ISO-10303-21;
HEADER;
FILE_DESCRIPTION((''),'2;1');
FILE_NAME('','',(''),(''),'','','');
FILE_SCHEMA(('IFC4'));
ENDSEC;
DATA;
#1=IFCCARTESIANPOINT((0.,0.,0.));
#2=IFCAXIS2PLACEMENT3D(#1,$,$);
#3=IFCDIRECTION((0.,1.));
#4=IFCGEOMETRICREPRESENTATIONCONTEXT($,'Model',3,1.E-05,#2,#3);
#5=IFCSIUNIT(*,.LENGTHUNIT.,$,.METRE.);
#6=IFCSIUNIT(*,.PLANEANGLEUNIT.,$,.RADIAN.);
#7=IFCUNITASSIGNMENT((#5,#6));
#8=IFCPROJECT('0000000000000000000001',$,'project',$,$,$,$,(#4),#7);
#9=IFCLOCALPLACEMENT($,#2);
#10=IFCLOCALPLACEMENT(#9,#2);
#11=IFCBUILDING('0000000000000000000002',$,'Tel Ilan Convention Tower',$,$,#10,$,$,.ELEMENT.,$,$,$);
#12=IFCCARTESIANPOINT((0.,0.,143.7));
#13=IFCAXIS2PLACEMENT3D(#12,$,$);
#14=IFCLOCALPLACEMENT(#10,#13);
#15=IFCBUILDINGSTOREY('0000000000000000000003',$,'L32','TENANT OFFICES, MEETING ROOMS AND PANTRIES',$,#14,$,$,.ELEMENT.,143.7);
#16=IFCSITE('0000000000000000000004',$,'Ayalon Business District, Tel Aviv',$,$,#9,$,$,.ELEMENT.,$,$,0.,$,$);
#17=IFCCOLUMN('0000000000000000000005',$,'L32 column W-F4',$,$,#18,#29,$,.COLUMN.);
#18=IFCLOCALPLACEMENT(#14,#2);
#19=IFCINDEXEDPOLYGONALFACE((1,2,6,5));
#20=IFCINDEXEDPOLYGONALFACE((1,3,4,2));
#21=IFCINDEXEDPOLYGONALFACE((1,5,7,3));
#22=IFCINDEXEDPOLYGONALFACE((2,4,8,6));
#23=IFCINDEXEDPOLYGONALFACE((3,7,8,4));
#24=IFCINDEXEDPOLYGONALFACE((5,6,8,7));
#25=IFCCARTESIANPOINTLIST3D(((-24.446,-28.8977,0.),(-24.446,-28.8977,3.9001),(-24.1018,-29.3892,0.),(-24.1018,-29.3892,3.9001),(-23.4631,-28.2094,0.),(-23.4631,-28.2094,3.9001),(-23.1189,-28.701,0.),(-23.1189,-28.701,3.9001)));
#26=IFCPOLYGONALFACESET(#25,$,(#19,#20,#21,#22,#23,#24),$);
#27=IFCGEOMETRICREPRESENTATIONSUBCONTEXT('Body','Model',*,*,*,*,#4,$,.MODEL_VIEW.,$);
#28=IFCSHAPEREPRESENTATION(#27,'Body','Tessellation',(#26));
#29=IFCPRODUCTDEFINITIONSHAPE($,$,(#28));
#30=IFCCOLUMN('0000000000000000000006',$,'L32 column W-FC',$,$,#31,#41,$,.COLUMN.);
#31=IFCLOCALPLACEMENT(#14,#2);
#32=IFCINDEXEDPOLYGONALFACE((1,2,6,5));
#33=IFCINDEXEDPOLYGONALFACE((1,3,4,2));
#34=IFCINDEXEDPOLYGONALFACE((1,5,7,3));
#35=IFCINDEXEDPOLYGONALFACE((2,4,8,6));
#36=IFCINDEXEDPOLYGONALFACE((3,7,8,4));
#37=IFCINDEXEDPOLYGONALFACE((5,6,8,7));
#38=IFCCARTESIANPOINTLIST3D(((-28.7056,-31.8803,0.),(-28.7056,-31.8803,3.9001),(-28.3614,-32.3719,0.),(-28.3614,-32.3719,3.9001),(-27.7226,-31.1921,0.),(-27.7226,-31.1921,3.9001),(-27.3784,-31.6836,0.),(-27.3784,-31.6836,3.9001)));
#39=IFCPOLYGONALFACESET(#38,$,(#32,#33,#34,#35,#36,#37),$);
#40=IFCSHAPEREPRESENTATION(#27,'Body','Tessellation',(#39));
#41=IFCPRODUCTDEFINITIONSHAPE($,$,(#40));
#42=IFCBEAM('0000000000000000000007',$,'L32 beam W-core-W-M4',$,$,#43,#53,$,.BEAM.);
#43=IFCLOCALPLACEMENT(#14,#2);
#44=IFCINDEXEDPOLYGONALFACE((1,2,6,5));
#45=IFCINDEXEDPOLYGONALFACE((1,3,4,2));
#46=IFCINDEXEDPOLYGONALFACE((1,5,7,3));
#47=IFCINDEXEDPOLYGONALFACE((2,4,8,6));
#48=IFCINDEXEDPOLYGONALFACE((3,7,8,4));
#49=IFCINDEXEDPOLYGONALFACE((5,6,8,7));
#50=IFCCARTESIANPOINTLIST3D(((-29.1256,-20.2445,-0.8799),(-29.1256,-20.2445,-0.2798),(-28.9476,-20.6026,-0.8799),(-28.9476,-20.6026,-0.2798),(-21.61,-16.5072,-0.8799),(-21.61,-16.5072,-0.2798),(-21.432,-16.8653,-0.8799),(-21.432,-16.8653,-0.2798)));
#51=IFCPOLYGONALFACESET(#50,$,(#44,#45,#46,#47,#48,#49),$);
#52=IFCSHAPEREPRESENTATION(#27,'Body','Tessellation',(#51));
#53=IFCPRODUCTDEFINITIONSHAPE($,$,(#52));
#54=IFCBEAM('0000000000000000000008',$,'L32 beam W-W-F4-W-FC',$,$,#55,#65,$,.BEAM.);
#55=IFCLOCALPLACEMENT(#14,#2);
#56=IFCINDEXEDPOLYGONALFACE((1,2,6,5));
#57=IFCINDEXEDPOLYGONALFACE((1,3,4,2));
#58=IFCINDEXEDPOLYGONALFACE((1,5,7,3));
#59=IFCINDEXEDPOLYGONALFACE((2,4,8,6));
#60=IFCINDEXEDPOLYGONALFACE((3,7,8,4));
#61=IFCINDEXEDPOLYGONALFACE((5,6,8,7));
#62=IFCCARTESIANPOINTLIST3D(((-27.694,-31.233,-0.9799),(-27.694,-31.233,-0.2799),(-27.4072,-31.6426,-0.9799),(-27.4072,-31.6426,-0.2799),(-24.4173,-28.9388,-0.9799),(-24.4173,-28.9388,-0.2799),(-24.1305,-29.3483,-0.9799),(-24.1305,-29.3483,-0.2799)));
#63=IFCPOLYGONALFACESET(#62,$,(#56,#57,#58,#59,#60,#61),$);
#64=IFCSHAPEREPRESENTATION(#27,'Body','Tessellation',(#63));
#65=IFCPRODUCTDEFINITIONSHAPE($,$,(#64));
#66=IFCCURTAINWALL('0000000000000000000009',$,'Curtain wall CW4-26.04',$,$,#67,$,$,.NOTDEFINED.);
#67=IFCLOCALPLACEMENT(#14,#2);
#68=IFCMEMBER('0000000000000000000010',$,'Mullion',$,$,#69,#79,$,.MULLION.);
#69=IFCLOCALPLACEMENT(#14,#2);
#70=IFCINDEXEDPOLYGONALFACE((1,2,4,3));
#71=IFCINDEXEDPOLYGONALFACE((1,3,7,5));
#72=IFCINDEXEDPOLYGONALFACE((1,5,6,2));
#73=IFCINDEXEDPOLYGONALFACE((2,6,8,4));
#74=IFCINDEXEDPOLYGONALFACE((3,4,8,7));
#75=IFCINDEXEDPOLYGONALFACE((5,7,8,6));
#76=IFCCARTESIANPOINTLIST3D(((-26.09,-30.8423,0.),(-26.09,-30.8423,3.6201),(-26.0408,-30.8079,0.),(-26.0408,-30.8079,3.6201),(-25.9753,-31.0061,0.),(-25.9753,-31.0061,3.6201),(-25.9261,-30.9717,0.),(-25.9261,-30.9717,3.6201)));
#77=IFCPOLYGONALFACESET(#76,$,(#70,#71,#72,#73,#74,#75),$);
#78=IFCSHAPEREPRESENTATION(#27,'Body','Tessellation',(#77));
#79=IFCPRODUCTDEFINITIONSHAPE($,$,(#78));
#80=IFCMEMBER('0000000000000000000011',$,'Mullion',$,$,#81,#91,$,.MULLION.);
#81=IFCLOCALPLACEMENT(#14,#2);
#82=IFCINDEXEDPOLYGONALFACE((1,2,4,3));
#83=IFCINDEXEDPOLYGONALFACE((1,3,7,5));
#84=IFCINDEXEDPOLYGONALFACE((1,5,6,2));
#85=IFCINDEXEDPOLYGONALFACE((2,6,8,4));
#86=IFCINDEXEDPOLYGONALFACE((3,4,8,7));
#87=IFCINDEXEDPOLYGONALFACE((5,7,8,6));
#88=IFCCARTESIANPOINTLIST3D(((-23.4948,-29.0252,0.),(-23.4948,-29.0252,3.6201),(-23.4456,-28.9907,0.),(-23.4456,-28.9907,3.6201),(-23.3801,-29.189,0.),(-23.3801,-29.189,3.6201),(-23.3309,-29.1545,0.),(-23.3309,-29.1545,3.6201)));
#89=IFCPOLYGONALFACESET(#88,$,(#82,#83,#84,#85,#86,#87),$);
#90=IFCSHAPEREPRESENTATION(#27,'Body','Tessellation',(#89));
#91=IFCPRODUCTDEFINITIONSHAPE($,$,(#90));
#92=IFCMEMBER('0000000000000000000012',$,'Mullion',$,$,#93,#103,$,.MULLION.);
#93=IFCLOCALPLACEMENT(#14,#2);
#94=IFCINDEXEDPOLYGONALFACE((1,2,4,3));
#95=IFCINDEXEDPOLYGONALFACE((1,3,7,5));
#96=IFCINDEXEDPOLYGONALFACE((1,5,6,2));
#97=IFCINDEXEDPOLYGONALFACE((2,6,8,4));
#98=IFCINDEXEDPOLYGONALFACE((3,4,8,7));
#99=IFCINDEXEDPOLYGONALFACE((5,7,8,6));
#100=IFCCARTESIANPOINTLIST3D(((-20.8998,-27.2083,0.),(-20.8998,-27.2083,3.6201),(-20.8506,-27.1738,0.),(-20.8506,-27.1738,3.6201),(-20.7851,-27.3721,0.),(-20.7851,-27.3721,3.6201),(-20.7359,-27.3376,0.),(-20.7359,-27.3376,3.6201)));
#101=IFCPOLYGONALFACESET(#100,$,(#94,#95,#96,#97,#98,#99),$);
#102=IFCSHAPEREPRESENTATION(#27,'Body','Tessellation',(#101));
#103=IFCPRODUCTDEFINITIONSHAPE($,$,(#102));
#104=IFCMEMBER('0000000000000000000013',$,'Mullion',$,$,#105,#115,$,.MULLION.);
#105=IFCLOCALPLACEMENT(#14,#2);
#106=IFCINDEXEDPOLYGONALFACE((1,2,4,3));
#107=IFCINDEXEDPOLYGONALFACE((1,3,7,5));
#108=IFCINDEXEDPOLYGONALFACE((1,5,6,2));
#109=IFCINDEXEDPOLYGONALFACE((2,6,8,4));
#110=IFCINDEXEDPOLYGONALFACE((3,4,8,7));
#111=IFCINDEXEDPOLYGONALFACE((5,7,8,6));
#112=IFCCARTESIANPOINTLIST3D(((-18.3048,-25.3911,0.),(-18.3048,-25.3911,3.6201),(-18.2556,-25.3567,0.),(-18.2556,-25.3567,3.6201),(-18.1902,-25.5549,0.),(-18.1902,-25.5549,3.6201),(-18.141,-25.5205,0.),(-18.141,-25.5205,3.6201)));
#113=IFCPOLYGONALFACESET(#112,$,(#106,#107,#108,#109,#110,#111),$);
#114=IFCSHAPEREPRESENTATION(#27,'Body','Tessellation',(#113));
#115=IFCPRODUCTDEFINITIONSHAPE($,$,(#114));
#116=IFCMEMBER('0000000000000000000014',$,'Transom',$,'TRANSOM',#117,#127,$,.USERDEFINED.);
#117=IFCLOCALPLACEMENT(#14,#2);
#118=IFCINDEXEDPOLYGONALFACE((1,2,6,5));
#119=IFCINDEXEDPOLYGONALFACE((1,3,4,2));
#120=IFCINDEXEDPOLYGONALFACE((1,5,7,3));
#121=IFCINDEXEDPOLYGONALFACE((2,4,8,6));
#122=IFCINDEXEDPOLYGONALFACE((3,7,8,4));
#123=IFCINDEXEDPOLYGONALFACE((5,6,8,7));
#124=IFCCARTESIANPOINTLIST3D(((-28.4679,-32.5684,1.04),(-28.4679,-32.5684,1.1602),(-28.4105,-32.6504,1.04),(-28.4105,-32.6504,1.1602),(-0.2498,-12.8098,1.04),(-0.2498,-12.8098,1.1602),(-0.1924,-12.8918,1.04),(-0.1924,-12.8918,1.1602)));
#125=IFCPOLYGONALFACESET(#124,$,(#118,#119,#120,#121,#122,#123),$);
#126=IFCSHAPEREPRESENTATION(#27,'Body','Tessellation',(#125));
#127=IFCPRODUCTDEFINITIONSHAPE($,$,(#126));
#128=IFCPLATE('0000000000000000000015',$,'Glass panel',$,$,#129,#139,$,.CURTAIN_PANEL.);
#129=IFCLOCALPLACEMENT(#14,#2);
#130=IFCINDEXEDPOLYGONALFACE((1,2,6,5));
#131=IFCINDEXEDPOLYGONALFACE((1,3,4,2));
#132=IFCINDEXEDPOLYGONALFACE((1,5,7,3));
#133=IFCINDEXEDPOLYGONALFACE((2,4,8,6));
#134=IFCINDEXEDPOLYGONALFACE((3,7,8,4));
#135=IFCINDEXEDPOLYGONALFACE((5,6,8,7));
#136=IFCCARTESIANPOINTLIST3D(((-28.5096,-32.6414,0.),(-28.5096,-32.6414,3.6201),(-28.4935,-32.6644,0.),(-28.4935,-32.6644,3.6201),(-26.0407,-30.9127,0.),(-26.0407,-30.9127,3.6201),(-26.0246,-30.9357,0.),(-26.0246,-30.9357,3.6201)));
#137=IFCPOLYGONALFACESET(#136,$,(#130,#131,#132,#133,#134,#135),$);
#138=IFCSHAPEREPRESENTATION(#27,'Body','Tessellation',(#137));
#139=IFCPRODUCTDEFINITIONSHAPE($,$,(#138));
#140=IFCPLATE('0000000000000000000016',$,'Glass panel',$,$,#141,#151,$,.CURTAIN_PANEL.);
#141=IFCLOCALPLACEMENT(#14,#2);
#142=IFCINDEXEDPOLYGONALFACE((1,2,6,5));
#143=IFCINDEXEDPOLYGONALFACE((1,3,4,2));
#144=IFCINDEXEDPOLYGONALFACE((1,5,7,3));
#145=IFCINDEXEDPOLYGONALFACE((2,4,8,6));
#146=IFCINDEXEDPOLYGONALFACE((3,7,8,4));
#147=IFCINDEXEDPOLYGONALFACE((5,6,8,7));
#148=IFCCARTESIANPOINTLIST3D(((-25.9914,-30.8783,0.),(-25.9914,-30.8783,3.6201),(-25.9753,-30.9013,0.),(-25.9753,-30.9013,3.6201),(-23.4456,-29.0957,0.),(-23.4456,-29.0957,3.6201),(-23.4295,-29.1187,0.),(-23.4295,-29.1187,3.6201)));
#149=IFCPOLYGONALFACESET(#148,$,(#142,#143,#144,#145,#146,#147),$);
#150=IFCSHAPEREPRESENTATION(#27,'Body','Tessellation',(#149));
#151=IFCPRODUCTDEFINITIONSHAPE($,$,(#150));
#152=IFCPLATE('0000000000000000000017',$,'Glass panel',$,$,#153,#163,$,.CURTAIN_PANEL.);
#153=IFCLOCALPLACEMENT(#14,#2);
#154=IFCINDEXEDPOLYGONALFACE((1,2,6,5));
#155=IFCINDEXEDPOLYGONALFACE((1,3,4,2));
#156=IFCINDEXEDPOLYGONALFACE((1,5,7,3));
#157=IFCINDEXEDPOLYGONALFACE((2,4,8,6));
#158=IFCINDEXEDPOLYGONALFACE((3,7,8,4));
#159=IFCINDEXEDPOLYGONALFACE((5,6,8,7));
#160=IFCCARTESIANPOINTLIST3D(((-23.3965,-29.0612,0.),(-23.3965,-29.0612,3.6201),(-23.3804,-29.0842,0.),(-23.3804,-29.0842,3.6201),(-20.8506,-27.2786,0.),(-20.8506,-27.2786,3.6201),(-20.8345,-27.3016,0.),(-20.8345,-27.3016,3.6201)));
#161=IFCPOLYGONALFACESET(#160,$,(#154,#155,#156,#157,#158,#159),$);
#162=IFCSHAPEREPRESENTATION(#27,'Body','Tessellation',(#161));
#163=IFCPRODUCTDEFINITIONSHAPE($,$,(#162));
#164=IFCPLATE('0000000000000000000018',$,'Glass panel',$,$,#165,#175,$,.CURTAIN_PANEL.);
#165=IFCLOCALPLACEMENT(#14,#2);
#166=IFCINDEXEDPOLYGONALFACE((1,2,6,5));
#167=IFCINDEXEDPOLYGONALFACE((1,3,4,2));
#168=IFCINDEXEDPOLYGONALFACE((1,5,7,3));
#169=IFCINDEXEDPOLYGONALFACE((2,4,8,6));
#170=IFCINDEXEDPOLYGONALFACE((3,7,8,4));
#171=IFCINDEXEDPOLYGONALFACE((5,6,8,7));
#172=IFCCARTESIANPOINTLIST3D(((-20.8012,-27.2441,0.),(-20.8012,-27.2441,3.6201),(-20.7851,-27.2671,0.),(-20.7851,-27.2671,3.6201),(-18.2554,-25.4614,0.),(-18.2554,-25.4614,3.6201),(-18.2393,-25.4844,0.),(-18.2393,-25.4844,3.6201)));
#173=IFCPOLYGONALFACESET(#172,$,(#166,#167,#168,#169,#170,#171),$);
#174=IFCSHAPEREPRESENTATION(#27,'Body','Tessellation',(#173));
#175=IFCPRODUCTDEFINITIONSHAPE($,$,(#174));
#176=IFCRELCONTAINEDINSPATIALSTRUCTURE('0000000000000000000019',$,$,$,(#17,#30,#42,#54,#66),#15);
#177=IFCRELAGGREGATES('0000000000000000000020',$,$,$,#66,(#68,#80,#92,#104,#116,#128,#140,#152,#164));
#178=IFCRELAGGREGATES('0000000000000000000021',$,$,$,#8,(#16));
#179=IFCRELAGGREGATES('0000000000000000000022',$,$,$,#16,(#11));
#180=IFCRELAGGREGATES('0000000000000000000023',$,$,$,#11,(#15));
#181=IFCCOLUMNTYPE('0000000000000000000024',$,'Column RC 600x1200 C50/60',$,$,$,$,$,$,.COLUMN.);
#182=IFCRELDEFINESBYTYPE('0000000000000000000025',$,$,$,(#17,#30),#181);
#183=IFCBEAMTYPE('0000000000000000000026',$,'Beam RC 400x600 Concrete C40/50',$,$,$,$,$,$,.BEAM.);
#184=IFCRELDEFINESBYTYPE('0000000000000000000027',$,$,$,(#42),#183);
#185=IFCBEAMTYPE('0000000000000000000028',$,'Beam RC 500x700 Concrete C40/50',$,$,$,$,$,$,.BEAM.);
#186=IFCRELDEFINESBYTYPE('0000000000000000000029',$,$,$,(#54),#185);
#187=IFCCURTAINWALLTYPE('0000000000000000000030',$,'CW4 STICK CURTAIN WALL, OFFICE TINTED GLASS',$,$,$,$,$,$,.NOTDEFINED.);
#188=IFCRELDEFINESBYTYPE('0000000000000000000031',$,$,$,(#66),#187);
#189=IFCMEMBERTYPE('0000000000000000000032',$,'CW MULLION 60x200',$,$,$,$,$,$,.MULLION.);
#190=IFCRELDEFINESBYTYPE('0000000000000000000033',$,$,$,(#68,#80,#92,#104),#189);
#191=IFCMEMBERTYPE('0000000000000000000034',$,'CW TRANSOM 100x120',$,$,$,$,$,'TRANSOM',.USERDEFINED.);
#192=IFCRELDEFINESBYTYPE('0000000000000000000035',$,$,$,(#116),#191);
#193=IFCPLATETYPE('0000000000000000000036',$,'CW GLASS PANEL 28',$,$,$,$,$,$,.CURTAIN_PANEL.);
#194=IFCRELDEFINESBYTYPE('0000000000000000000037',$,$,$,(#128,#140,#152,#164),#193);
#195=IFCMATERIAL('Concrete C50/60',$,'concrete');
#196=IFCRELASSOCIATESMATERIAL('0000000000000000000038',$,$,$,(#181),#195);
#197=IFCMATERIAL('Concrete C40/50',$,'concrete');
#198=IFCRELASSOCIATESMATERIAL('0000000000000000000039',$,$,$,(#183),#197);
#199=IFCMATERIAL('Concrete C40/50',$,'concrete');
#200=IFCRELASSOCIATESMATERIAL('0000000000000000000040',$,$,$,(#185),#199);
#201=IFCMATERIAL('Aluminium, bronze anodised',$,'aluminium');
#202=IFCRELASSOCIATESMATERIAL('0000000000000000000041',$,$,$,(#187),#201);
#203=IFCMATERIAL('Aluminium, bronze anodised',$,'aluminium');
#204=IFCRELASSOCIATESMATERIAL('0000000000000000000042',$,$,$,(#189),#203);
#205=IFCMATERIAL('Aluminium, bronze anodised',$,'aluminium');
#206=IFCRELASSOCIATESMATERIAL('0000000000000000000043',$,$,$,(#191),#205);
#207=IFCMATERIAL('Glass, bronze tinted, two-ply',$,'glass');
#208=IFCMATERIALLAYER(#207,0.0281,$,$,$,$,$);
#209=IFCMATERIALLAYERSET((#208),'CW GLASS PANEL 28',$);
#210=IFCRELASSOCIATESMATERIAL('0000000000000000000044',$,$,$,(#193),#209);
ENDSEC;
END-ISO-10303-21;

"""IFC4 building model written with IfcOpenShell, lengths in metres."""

from ifc_helpers import new_model, si_unit, direction, frame, origin, origin_2d, place, context, subcontext, project, spatial, rectangle, extrude, material, layer, layer_set, material_profile, profile_set, type_object, element, aggregate, save


model = new_model("IFC4")

# Units and contexts
model_context = context("Model", 3, precision=1e-05, world=origin(), true_north=direction((0.0, 1.0)))
body_context = subcontext(model_context, "Body", "Model", "MODEL_VIEW")
ifc_project = project(units=[si_unit("LENGTHUNIT", "METRE"), si_unit("PLANEANGLEUNIT", "RADIAN")], contexts=[model_context])

# Site, building, storey
site_placement = place(None, origin())
site = spatial("IfcSite", under=ifc_project, at=site_placement, Name="Ayalon Business District, Tel Aviv", CompositionType="ELEMENT", RefElevation=0.0)
building_placement = place(site_placement, origin())
building = spatial("IfcBuilding", under=site, at=building_placement, Name="Tel Ilan Convention Tower", CompositionType="ELEMENT")
storey_placement = place(building_placement, frame((0.0, 0.0, 143.7)))
storey = spatial("IfcBuildingStorey", under=building, at=storey_placement, Name="L32", Description="TENANT OFFICES, MEETING ROOMS AND PANTRIES", CompositionType="ELEMENT", Elevation=143.7)

# Columns
ifc_material_1 = material(Name="Concrete C50/60", Category="concrete")
ifc_material_profile_1 = material_profile(ifc_material_1, rectangle(XDim=1.2, YDim=0.6001, at=origin_2d()), Name="RC 600x1200")
ifc_profile_set_1 = profile_set([ifc_material_profile_1], Name="Concrete C50/60")
column_type = type_object("IfcColumnType", Name="Column RC 600x1200 C50/60", PredefinedType="COLUMN", material=ifc_profile_set_1)
for number, where, z_axis, x_axis, name in (
    (1, (-23.7825, -28.7993, 0.0), (0.0, 0.0, 1.0), (-0.819152, -0.573576, 0.0), "L32 column W-F4"),
    (2, (-28.042, -31.782, 0.0), (0.0, 0.0, 1.0), (-0.819152, -0.573576, 0.0), "L32 column W-FC"),
):
    element("IfcColumn", number, at=place(storey_placement, frame(where, z_axis=z_axis, x_axis=x_axis)), inside=storey, type_object=column_type, Name=name, PredefinedType="COLUMN", context=body_context, shape_type="SweptSolid", body=[
        extrude(rectangle(XDim=1.2, YDim=0.6001, at=origin_2d()), origin(), (0.0, 0.0, 1.0), 3.9001),
    ])

# Beams
ifc_material_2 = material(Name="Concrete C40/50", Category="concrete")
ifc_material_profile_2 = material_profile(ifc_material_2, rectangle(XDim=0.3999, YDim=0.6001, at=origin_2d()), Name="RC 400x600")
ifc_profile_set_2 = profile_set([ifc_material_profile_2], Name="Concrete C40/50")
beam_type_1 = type_object("IfcBeamType", Name="Beam RC 400x600 Concrete C40/50", PredefinedType="BEAM", material=ifc_profile_set_2)
beam_1_placement = place(storey_placement, frame((-21.521, -16.6863, -0.5798), z_axis=(-0.895402, -0.445258, 0.0), x_axis=(0.445258, -0.895402, 0.0)))
element("IfcBeam", 3, at=beam_1_placement, inside=storey, type_object=beam_type_1, Name="L32 beam W-core-W-M4", PredefinedType="BEAM", context=body_context, shape_type="SweptSolid", body=[
    extrude(rectangle(XDim=0.3999, YDim=0.6001, at=origin_2d()), origin(), (0.0, 0.0, 1.0), 8.3936),
])
ifc_material_3 = material(Name="Concrete C40/50", Category="concrete")
ifc_material_profile_3 = material_profile(ifc_material_3, rectangle(XDim=0.5, YDim=0.7, at=origin_2d()), Name="RC 500x700")
ifc_profile_set_3 = profile_set([ifc_material_profile_3], Name="Concrete C40/50")
beam_type_2 = type_object("IfcBeamType", Name="Beam RC 500x700 Concrete C40/50", PredefinedType="BEAM", material=ifc_profile_set_3)
beam_2_placement = place(storey_placement, frame((-24.2739, -29.1436, -0.6299), z_axis=(-0.819166, -0.573557, 0.0), x_axis=(0.573557, -0.819166, 0.0)))
element("IfcBeam", 4, at=beam_2_placement, inside=storey, type_object=beam_type_2, Name="L32 beam W-W-F4-W-FC", PredefinedType="BEAM", context=body_context, shape_type="SweptSolid", body=[
    extrude(rectangle(XDim=0.5, YDim=0.7, at=origin_2d()), origin(), (0.0, 0.0, 1.0), 4.0),
])

# Curtain wall, members, plates
ifc_material_4 = material(Name="Aluminium, bronze anodised", Category="aluminium")
curtain_wall_type = type_object("IfcCurtainWallType", Name="CW4 STICK CURTAIN WALL, OFFICE TINTED GLASS", PredefinedType="NOTDEFINED", material=ifc_material_4)
curtain_wall_placement = place(storey_placement, origin())
curtain_wall = element("IfcCurtainWall", 5, at=curtain_wall_placement, inside=storey, type_object=curtain_wall_type, Name="Curtain wall CW4-26.04", PredefinedType="NOTDEFINED")
ifc_material_5 = material(Name="Aluminium, bronze anodised", Category="aluminium")
ifc_material_profile_4 = material_profile(ifc_material_5, rectangle(XDim=0.0601, YDim=0.2, at=origin_2d()), Name="CW MULLION 60x200")
ifc_profile_set_4 = profile_set([ifc_material_profile_4], Name="Aluminium, bronze anodised")
member_type_1 = type_object("IfcMemberType", Name="CW MULLION 60x200", PredefinedType="MULLION", material=ifc_profile_set_4)
member_1_placement = place(storey_placement, frame((-26.0081, -30.907, 0.0), z_axis=(0.0, 0.0, 1.0), x_axis=(0.819152, 0.573576, 0.0)))
member_1 = element("IfcMember", 6, at=member_1_placement, type_object=member_type_1, Name="Mullion", PredefinedType="MULLION", context=body_context, shape_type="SweptSolid", body=[
    extrude(rectangle(XDim=0.0601, YDim=0.2, at=origin_2d()), origin(), (0.0, 0.0, 1.0), 3.6201),
])
member_2_placement = place(storey_placement, frame((-23.4128, -29.0898, 0.0), z_axis=(0.0, 0.0, 1.0), x_axis=(0.819152, 0.573576, 0.0)))
member_2 = element("IfcMember", 7, at=member_2_placement, type_object=member_type_1, Name="Mullion", PredefinedType="MULLION", context=body_context, shape_type="SweptSolid", body=[
    extrude(rectangle(XDim=0.0601, YDim=0.2, at=origin_2d()), origin(), (0.0, 0.0, 1.0), 3.6201),
])
member_3_placement = place(storey_placement, frame((-20.8179, -27.2729, 0.0), z_axis=(0.0, 0.0, 1.0), x_axis=(0.819152, 0.573576, 0.0)))
member_3 = element("IfcMember", 8, at=member_3_placement, type_object=member_type_1, Name="Mullion", PredefinedType="MULLION", context=body_context, shape_type="SweptSolid", body=[
    extrude(rectangle(XDim=0.0601, YDim=0.2, at=origin_2d()), origin(), (0.0, 0.0, 1.0), 3.6201),
])
member_4_placement = place(storey_placement, frame((-18.2229, -25.4558, 0.0), z_axis=(0.0, 0.0, 1.0), x_axis=(0.819152, 0.573576, 0.0)))
member_4 = element("IfcMember", 9, at=member_4_placement, type_object=member_type_1, Name="Mullion", PredefinedType="MULLION", context=body_context, shape_type="SweptSolid", body=[
    extrude(rectangle(XDim=0.0601, YDim=0.2, at=origin_2d()), origin(), (0.0, 0.0, 1.0), 3.6201),
])
ifc_material_6 = material(Name="Aluminium, bronze anodised", Category="aluminium")
ifc_material_profile_5 = material_profile(ifc_material_6, rectangle(XDim=0.1001, YDim=0.1201, at=origin_2d()), Name="CW TRANSOM 100x120")
ifc_profile_set_5 = profile_set([ifc_material_profile_5], Name="Aluminium, bronze anodised")
member_type_2 = type_object("IfcMemberType", Name="CW TRANSOM 100x120", ElementType="TRANSOM", PredefinedType="USERDEFINED", material=ifc_profile_set_5)
member_5_placement = place(storey_placement, frame((-28.4392, -32.6094, 1.1001), z_axis=(0.819151, 0.573578, 0.0), x_axis=(-0.573578, 0.819151, 0.0)))
member_5 = element("IfcMember", 10, at=member_5_placement, type_object=member_type_2, Name="Transom", ObjectType="TRANSOM", PredefinedType="USERDEFINED", context=body_context, shape_type="SweptSolid", body=[
    extrude(rectangle(XDim=0.1001, YDim=0.1201, at=origin_2d()), origin(), (0.0, 0.0, 1.0), 34.448),
])
ifc_material_7 = material(Name="Glass, bronze tinted, two-ply", Category="glass")
ifc_layer_1 = layer(ifc_material_7, 0.0281)
ifc_layer_set_1 = layer_set([ifc_layer_1], Name="CW GLASS PANEL 28")
plate_type = type_object("IfcPlateType", Name="CW GLASS PANEL 28", PredefinedType="CURTAIN_PANEL", material=ifc_layer_set_1)
plate_1_placement = place(storey_placement, frame((-27.2671, -31.7886, 0.0), z_axis=(0.0, 0.0, 1.0), x_axis=(0.819152, 0.573576, 0.0)))
plate_1 = element("IfcPlate", 11, at=plate_1_placement, type_object=plate_type, Name="Glass panel", PredefinedType="CURTAIN_PANEL", context=body_context, shape_type="SweptSolid", body=[
    extrude(rectangle(XDim=3.0139, YDim=0.0281, at=origin_2d()), origin(), (0.0, 0.0, 1.0), 3.6201),
])
plate_2_placement = place(storey_placement, frame((-24.7104, -29.9985, 0.0), z_axis=(0.0, 0.0, 1.0), x_axis=(0.819152, 0.573576, 0.0)))
plate_2 = element("IfcPlate", 12, at=plate_2_placement, type_object=plate_type, Name="Glass panel", PredefinedType="CURTAIN_PANEL", context=body_context, shape_type="SweptSolid", body=[
    extrude(rectangle(XDim=3.1079, YDim=0.0281, at=origin_2d()), origin(), (0.0, 0.0, 1.0), 3.6201),
])
plate_3_placement = place(storey_placement, frame((-22.1155, -28.1814, 0.0), z_axis=(0.0, 0.0, 1.0), x_axis=(0.819152, 0.573576, 0.0)))
plate_3 = element("IfcPlate", 13, at=plate_3_placement, type_object=plate_type, Name="Glass panel", PredefinedType="CURTAIN_PANEL", context=body_context, shape_type="SweptSolid", body=[
    extrude(rectangle(XDim=3.1079, YDim=0.0281, at=origin_2d()), origin(), (0.0, 0.0, 1.0), 3.6201),
])
plate_4_placement = place(storey_placement, frame((-19.5203, -26.3643, 0.0), z_axis=(0.0, 0.0, 1.0), x_axis=(0.819152, 0.573576, 0.0)))
plate_4 = element("IfcPlate", 14, at=plate_4_placement, type_object=plate_type, Name="Glass panel", PredefinedType="CURTAIN_PANEL", context=body_context, shape_type="SweptSolid", body=[
    extrude(rectangle(XDim=3.1079, YDim=0.0281, at=origin_2d()), origin(), (0.0, 0.0, 1.0), 3.6201),
])
aggregate(curtain_wall, [member_1, member_2, member_3, member_4, member_5, plate_1, plate_2, plate_3, plate_4])

save(model, "model.ifc")
